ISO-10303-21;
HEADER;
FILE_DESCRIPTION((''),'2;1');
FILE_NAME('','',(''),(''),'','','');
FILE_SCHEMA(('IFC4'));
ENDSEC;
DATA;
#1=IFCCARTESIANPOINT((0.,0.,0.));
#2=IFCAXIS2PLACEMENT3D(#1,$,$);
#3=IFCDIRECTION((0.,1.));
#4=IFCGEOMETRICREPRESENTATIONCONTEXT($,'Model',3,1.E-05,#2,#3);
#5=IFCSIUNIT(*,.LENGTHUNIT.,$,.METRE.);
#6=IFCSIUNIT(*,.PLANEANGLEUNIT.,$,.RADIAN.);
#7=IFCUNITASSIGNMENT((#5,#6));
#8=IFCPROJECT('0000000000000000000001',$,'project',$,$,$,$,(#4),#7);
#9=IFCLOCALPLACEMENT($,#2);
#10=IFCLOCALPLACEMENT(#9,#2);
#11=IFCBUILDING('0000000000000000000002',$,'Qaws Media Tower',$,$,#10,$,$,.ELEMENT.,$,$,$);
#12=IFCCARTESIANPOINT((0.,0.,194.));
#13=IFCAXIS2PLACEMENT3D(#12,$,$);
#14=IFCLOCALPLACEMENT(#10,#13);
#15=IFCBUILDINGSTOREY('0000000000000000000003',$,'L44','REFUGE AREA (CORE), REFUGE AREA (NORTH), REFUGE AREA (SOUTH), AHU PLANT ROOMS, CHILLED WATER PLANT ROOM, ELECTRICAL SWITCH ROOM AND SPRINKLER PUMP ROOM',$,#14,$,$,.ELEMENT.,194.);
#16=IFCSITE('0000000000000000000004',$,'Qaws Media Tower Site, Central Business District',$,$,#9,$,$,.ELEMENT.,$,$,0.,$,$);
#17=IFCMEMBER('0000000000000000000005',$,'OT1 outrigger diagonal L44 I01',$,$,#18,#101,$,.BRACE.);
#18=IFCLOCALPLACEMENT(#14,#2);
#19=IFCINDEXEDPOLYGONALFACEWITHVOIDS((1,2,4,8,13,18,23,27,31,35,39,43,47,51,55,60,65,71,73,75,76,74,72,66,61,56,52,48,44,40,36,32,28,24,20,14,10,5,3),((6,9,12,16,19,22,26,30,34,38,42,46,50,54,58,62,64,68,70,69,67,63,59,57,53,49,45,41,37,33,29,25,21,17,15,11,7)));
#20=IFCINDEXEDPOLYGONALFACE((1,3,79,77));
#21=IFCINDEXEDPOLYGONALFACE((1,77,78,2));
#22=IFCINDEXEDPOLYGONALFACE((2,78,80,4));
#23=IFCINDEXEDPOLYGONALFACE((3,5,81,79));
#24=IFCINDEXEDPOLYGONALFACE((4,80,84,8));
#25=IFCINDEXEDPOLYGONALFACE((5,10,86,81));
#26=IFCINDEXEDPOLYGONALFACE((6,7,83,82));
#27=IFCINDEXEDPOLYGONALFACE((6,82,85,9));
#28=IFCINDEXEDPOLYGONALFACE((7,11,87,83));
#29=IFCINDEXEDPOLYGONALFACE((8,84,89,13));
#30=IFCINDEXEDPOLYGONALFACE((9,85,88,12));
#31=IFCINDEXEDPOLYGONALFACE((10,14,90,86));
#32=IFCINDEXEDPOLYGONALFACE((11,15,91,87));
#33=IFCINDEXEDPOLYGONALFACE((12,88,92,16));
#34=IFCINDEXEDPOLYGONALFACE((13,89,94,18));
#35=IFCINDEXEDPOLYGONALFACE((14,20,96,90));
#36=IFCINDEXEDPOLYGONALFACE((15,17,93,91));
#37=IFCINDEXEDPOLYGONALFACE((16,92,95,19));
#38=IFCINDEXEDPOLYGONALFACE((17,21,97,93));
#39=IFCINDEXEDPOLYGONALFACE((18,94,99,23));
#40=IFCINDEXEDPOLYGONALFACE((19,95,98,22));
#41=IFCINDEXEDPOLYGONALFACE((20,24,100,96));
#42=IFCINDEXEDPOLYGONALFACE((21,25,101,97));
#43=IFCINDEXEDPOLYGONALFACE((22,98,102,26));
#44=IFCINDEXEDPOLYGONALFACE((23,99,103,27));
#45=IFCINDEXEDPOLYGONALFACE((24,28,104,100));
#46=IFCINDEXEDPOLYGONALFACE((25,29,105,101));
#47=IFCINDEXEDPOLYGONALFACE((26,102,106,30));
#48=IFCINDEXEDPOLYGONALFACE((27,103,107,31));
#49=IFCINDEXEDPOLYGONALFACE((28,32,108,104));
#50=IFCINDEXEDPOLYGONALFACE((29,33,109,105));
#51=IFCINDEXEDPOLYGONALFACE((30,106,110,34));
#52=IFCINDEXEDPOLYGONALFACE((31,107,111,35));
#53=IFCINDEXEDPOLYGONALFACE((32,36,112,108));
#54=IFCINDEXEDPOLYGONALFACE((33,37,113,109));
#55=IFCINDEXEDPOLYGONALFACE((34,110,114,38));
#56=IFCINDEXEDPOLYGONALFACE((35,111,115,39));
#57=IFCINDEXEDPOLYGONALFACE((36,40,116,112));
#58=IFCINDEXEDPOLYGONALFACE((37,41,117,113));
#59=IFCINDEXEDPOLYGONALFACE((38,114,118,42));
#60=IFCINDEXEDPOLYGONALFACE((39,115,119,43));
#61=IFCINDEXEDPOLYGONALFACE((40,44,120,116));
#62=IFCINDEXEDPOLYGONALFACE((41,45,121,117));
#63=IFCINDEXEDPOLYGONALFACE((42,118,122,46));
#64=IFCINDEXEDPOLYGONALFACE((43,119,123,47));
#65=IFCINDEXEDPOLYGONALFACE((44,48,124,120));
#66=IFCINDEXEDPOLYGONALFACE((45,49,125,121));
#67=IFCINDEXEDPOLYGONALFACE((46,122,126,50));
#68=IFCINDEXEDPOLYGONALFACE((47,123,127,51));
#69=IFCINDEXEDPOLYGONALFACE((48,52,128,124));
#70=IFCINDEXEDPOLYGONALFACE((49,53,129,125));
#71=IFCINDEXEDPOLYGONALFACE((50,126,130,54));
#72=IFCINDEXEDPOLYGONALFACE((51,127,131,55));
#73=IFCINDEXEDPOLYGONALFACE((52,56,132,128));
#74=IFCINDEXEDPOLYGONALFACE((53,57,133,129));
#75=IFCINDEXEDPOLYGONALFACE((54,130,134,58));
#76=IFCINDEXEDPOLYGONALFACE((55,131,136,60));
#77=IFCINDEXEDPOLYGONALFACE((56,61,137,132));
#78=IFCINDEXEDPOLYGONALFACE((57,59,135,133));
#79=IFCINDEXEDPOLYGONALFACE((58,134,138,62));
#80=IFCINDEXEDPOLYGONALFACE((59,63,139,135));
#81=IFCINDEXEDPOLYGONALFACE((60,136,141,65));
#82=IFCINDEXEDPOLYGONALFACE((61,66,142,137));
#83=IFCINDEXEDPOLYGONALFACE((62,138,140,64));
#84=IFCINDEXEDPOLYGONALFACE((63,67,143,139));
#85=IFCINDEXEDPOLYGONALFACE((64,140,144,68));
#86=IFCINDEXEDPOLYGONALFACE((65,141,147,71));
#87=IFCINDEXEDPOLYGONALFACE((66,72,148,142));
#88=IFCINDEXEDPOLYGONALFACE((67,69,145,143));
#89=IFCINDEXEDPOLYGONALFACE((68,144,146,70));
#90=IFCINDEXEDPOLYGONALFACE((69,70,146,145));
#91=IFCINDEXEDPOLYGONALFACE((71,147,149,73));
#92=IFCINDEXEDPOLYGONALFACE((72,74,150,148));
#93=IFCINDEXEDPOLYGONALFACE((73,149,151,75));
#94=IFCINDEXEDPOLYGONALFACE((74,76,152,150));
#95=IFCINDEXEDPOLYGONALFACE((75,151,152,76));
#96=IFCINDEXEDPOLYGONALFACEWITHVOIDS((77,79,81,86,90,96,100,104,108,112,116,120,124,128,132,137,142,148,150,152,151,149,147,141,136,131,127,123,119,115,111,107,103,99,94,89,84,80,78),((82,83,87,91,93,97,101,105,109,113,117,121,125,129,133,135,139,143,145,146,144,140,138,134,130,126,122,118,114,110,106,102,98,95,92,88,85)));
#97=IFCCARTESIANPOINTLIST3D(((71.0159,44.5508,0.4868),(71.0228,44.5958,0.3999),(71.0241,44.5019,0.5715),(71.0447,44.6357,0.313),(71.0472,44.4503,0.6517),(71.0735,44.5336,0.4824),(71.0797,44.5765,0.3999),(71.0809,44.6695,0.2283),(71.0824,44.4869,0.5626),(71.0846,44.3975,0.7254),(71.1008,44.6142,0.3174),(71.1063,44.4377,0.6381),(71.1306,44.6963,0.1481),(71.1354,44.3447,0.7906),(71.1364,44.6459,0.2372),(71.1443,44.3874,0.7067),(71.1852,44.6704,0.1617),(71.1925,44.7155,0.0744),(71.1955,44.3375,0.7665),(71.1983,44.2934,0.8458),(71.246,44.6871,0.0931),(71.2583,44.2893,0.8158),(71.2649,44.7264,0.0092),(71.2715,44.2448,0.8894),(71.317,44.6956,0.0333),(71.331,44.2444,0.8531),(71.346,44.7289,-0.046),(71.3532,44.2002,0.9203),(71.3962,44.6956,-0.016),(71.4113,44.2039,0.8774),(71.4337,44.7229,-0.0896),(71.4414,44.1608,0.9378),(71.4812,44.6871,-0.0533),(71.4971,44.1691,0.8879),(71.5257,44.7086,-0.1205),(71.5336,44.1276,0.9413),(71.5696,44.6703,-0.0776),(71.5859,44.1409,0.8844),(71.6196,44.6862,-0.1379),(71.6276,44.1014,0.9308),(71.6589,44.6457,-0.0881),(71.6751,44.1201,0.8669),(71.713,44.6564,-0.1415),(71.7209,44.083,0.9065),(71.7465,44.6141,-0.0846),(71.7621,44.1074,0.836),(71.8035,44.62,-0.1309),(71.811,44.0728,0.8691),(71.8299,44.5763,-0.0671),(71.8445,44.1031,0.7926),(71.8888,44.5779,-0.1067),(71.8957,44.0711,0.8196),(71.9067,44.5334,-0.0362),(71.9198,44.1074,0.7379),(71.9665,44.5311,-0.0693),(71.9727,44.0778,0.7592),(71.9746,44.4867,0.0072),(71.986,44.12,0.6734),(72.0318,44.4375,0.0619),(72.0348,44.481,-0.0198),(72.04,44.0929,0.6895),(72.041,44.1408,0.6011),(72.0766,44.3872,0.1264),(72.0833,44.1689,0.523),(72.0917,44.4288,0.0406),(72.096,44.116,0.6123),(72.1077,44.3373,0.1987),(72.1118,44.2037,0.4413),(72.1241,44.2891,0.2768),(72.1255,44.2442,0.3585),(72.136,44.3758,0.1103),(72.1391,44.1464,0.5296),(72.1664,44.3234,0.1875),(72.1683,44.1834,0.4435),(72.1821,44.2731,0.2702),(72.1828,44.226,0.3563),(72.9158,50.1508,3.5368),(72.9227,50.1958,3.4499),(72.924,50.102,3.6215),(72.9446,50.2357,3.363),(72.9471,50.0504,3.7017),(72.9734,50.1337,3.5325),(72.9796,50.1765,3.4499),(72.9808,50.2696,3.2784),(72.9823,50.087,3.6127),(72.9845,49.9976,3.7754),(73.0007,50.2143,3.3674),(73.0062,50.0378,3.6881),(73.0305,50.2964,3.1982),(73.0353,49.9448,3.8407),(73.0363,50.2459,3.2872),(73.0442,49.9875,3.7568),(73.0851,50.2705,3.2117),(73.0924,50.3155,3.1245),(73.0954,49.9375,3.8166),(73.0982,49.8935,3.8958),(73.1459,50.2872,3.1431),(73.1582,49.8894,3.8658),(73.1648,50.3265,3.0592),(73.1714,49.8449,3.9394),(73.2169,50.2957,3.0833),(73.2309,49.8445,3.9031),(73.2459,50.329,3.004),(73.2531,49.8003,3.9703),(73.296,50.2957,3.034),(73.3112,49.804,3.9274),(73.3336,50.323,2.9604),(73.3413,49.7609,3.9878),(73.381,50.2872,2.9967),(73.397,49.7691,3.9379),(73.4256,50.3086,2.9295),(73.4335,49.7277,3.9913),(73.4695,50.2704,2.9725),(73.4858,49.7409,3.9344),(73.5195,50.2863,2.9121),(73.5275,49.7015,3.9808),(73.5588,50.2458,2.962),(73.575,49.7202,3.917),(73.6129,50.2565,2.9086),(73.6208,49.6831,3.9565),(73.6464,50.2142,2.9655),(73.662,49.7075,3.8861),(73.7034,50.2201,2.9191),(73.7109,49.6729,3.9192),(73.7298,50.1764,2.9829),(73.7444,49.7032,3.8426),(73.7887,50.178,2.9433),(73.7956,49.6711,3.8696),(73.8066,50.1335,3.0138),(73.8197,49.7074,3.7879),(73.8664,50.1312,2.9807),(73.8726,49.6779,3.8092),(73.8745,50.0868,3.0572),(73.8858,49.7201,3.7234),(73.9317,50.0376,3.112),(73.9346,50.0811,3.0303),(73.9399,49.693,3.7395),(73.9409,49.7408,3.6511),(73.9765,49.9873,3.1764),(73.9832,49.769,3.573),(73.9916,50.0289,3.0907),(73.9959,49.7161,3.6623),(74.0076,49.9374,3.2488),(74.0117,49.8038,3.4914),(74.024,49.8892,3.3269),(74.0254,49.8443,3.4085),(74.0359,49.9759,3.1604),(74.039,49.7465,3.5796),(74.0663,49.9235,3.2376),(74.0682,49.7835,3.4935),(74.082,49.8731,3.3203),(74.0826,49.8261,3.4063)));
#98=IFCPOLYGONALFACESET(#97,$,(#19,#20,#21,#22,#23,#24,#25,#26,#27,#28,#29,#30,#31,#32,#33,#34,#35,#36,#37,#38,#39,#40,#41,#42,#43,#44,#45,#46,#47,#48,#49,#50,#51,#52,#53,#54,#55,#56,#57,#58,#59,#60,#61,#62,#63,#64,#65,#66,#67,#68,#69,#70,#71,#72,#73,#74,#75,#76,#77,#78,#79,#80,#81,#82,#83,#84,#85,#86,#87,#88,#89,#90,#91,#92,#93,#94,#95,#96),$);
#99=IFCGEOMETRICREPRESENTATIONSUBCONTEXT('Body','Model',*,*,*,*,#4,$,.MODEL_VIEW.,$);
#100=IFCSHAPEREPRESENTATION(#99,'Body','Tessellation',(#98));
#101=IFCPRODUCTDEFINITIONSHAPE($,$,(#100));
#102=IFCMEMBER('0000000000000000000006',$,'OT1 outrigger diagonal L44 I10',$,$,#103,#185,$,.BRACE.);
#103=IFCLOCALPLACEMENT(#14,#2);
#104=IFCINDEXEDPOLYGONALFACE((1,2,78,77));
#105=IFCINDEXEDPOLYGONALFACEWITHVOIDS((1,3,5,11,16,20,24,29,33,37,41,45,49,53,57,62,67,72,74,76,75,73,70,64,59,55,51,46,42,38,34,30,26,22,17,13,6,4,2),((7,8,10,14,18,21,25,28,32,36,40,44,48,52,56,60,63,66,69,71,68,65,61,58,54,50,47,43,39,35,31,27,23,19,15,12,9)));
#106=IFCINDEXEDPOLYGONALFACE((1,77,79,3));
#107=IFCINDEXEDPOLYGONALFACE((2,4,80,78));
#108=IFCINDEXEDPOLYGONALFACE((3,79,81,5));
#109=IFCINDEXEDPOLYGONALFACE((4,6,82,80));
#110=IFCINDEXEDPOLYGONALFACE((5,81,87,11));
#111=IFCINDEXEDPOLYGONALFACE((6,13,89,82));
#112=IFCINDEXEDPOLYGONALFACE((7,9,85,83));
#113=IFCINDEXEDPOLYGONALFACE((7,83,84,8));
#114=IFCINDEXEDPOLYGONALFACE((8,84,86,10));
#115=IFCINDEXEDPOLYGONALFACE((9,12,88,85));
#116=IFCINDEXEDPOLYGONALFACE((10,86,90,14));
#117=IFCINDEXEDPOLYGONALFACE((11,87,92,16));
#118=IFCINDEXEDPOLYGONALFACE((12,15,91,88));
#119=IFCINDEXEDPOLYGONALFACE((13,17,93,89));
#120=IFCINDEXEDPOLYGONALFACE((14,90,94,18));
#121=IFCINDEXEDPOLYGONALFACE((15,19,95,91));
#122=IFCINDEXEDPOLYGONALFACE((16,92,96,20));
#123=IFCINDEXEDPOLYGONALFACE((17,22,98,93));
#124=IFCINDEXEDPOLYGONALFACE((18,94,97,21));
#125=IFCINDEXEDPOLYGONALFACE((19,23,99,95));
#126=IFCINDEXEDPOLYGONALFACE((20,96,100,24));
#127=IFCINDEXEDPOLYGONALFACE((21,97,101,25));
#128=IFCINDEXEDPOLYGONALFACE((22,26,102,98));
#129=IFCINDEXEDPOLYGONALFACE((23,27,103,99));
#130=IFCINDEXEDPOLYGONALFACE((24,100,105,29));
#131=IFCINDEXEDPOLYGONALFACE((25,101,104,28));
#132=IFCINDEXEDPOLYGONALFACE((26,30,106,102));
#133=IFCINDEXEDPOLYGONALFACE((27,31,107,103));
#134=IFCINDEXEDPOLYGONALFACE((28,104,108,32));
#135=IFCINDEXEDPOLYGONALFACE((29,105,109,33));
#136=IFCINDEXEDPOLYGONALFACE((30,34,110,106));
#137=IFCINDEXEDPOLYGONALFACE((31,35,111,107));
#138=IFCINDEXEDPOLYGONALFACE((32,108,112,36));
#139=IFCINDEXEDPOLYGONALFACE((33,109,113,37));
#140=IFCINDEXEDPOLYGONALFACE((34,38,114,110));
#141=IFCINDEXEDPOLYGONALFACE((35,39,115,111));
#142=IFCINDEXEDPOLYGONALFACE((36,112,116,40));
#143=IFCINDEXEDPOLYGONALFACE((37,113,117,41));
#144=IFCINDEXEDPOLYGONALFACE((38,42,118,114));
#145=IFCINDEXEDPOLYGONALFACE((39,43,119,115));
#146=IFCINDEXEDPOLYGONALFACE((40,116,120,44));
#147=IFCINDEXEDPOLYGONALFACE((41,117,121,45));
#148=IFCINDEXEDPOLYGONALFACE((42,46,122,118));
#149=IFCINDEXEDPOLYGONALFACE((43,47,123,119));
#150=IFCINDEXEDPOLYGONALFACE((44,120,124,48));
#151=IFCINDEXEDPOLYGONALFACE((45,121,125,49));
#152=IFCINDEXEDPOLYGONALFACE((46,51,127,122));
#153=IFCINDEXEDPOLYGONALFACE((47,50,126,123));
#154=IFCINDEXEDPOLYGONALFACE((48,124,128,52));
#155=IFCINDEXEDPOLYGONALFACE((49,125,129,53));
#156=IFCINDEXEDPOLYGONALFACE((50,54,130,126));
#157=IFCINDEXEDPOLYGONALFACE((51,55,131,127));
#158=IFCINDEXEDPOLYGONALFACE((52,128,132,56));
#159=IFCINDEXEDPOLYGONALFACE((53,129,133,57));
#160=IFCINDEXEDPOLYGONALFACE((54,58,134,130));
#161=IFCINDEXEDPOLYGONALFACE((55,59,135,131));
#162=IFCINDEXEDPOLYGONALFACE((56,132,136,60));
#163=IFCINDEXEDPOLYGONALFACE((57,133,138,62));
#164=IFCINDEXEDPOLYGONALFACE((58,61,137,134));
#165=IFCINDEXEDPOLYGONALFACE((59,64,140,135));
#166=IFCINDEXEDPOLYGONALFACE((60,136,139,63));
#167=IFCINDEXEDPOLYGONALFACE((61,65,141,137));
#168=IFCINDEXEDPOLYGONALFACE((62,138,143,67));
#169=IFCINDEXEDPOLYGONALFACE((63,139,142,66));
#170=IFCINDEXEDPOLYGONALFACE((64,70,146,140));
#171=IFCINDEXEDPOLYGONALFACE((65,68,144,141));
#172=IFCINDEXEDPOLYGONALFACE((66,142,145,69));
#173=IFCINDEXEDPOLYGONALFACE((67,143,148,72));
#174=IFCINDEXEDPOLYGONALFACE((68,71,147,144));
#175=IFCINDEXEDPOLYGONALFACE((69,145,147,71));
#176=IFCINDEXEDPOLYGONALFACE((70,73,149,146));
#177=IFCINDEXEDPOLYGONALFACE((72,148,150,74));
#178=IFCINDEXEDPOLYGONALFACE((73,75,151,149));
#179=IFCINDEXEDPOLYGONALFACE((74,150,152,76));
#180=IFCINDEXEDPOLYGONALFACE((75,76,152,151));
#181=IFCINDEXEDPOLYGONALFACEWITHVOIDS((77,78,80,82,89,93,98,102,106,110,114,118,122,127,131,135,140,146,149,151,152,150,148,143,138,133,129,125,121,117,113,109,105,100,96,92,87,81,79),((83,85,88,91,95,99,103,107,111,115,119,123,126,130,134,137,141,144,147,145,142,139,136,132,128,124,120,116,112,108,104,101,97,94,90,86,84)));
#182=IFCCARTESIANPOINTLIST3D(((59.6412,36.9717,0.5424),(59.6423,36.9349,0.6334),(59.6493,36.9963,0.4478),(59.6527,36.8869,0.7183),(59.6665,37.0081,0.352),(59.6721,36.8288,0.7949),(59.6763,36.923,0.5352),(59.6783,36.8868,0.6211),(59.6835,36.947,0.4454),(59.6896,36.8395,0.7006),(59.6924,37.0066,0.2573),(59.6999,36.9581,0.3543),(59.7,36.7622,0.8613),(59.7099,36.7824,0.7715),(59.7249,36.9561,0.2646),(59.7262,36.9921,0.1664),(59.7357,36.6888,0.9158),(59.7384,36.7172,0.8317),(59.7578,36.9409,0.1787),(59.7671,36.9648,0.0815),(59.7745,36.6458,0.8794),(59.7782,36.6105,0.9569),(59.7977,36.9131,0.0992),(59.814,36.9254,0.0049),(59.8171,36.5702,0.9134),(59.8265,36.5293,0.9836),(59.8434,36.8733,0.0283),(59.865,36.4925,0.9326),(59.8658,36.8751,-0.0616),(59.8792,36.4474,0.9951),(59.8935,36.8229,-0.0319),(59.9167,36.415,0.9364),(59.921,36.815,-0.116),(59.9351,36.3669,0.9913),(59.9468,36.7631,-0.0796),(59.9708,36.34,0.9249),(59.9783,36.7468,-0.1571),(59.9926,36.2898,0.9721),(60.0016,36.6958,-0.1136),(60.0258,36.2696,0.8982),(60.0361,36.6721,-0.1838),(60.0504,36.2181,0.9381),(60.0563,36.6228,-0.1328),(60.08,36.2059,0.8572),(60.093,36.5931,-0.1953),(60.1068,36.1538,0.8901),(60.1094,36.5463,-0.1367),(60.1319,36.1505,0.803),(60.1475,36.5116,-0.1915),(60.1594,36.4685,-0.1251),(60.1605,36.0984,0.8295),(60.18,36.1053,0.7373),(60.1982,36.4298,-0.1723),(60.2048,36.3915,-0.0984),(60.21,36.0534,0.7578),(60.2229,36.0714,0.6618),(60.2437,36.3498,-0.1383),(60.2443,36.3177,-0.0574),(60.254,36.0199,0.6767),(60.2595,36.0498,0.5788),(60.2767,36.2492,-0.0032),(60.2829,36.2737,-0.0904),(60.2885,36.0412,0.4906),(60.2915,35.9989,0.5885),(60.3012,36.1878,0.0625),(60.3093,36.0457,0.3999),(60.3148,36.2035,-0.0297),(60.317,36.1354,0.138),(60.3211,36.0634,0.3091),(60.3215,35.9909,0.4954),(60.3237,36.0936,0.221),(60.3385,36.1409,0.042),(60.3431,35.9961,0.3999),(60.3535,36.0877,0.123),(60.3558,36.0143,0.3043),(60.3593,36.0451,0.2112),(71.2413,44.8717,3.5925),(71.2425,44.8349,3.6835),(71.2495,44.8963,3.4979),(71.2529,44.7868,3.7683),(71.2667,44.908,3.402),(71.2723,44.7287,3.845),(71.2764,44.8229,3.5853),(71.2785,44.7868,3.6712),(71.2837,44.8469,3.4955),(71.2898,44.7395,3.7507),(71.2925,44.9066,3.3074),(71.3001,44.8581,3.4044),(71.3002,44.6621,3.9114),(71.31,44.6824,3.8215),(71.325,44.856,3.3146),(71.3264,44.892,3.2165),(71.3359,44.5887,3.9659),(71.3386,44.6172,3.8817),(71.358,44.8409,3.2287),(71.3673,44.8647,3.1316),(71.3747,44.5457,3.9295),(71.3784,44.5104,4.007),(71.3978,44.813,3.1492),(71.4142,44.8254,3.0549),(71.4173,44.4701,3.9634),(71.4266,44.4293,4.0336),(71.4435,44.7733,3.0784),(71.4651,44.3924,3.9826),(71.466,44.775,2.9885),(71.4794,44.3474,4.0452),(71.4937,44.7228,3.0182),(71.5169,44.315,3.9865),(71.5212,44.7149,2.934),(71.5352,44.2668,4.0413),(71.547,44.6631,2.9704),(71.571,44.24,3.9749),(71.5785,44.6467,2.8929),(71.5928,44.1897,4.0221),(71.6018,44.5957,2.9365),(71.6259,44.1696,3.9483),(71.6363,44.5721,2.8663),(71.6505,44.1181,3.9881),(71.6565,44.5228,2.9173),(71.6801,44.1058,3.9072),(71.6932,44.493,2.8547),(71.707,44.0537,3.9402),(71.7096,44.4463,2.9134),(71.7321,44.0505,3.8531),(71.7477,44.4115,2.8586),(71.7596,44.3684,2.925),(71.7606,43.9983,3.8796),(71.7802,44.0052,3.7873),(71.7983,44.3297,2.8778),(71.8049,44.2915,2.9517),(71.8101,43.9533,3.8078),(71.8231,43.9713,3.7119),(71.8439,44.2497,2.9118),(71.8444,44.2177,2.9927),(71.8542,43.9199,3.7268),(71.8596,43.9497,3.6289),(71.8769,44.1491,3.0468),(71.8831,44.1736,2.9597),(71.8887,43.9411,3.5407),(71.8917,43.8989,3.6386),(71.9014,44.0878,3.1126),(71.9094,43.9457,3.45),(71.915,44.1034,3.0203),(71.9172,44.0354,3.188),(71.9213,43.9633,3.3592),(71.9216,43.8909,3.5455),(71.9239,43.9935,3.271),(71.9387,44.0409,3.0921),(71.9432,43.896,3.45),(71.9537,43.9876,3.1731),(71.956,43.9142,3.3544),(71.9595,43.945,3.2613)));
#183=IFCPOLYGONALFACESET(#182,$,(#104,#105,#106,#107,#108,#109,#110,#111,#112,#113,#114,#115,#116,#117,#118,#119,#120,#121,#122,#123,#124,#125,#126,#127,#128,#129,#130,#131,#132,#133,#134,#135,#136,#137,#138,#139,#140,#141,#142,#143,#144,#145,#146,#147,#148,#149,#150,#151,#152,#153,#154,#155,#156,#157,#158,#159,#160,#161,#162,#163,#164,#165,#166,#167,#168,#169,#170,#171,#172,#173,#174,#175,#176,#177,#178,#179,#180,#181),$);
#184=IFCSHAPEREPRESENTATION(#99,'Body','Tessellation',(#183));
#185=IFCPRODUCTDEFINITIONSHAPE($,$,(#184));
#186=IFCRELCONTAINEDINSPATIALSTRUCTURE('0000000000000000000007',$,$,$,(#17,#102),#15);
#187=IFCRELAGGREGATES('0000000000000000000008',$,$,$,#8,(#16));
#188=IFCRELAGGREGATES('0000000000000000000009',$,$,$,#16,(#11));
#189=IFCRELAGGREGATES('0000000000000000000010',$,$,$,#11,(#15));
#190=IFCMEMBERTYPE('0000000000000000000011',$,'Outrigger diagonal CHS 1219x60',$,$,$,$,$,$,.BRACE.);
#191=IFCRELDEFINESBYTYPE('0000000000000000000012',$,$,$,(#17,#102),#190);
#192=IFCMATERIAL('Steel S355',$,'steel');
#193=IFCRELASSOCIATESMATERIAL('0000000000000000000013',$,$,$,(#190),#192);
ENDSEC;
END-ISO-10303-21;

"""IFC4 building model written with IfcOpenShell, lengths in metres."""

from ifc_helpers import new_model, si_unit, direction, frame, origin, origin_2d, place, context, subcontext, project, spatial, hollow_circle, extrude, material, material_profile, profile_set, type_object, element, save


model = new_model("IFC4")

# Units and contexts
model_context = context("Model", 3, precision=1e-05, world=origin(), true_north=direction((0.0, 1.0)))
body_context = subcontext(model_context, "Body", "Model", "MODEL_VIEW")
ifc_project = project(units=[si_unit("LENGTHUNIT", "METRE"), si_unit("PLANEANGLEUNIT", "RADIAN")], contexts=[model_context])

# Site, building, storey
site_placement = place(None, origin())
site = spatial("IfcSite", under=ifc_project, at=site_placement, Name="Qaws Media Tower Site, Central Business District", CompositionType="ELEMENT", RefElevation=0.0)
building_placement = place(site_placement, origin())
building = spatial("IfcBuilding", under=site, at=building_placement, Name="Qaws Media Tower", CompositionType="ELEMENT")
storey_placement = place(building_placement, frame((0.0, 0.0, 194.0)))
storey = spatial("IfcBuildingStorey", under=building, at=storey_placement, Name="L44", Description="REFUGE AREA (CORE), REFUGE AREA (NORTH), REFUGE AREA (SOUTH), AHU PLANT ROOMS, CHILLED WATER PLANT ROOM, ELECTRICAL SWITCH ROOM AND SPRINKLER PUMP ROOM", CompositionType="ELEMENT", Elevation=194.0)

# Members
ifc_material_1 = material(Name="Steel S355", Category="steel")
ifc_material_profile_1 = material_profile(ifc_material_1, hollow_circle(Radius=0.6096, WallThickness=0.0601, at=origin_2d()), Name="CHS 1219x60")
ifc_profile_set_1 = profile_set([ifc_material_profile_1], Name="Steel S355")
member_type_1 = type_object("IfcMemberType", Name="Outrigger diagonal CHS 1219x60", PredefinedType="BRACE", material=ifc_profile_set_1)
member_1_placement = place(storey_placement, frame((71.6001, 44.3999, 0.3999), z_axis=(0.285535, 0.841635, 0.45839), x_axis=(-0.946985, 0.321277, 0.0)))
element("IfcMember", 1, at=member_1_placement, inside=storey, type_object=member_type_1, Name="OT1 outrigger diagonal L44 I01", PredefinedType="BRACE", context=body_context, shape_type="SweptSolid", body=[
    extrude(hollow_circle(Radius=0.6096, WallThickness=0.0601, at=origin_2d()), origin(), (0.0, 0.0, 1.0), 6.6538),
])
member_2_placement = place(storey_placement, frame((71.6001, 44.3999, 3.45), z_axis=(-0.807681, -0.550047, -0.212366), x_axis=(0.562887, -0.826534, 0.0)))
element("IfcMember", 2, at=member_2_placement, inside=storey, type_object=member_type_1, Name="OT1 outrigger diagonal L44 I10", PredefinedType="BRACE", context=body_context, shape_type="SweptSolid", body=[
    extrude(hollow_circle(Radius=0.6096, WallThickness=0.0601, at=origin_2d()), origin(), (0.0, 0.0, 1.0), 14.3623),
])

save(model, "model.ifc")
